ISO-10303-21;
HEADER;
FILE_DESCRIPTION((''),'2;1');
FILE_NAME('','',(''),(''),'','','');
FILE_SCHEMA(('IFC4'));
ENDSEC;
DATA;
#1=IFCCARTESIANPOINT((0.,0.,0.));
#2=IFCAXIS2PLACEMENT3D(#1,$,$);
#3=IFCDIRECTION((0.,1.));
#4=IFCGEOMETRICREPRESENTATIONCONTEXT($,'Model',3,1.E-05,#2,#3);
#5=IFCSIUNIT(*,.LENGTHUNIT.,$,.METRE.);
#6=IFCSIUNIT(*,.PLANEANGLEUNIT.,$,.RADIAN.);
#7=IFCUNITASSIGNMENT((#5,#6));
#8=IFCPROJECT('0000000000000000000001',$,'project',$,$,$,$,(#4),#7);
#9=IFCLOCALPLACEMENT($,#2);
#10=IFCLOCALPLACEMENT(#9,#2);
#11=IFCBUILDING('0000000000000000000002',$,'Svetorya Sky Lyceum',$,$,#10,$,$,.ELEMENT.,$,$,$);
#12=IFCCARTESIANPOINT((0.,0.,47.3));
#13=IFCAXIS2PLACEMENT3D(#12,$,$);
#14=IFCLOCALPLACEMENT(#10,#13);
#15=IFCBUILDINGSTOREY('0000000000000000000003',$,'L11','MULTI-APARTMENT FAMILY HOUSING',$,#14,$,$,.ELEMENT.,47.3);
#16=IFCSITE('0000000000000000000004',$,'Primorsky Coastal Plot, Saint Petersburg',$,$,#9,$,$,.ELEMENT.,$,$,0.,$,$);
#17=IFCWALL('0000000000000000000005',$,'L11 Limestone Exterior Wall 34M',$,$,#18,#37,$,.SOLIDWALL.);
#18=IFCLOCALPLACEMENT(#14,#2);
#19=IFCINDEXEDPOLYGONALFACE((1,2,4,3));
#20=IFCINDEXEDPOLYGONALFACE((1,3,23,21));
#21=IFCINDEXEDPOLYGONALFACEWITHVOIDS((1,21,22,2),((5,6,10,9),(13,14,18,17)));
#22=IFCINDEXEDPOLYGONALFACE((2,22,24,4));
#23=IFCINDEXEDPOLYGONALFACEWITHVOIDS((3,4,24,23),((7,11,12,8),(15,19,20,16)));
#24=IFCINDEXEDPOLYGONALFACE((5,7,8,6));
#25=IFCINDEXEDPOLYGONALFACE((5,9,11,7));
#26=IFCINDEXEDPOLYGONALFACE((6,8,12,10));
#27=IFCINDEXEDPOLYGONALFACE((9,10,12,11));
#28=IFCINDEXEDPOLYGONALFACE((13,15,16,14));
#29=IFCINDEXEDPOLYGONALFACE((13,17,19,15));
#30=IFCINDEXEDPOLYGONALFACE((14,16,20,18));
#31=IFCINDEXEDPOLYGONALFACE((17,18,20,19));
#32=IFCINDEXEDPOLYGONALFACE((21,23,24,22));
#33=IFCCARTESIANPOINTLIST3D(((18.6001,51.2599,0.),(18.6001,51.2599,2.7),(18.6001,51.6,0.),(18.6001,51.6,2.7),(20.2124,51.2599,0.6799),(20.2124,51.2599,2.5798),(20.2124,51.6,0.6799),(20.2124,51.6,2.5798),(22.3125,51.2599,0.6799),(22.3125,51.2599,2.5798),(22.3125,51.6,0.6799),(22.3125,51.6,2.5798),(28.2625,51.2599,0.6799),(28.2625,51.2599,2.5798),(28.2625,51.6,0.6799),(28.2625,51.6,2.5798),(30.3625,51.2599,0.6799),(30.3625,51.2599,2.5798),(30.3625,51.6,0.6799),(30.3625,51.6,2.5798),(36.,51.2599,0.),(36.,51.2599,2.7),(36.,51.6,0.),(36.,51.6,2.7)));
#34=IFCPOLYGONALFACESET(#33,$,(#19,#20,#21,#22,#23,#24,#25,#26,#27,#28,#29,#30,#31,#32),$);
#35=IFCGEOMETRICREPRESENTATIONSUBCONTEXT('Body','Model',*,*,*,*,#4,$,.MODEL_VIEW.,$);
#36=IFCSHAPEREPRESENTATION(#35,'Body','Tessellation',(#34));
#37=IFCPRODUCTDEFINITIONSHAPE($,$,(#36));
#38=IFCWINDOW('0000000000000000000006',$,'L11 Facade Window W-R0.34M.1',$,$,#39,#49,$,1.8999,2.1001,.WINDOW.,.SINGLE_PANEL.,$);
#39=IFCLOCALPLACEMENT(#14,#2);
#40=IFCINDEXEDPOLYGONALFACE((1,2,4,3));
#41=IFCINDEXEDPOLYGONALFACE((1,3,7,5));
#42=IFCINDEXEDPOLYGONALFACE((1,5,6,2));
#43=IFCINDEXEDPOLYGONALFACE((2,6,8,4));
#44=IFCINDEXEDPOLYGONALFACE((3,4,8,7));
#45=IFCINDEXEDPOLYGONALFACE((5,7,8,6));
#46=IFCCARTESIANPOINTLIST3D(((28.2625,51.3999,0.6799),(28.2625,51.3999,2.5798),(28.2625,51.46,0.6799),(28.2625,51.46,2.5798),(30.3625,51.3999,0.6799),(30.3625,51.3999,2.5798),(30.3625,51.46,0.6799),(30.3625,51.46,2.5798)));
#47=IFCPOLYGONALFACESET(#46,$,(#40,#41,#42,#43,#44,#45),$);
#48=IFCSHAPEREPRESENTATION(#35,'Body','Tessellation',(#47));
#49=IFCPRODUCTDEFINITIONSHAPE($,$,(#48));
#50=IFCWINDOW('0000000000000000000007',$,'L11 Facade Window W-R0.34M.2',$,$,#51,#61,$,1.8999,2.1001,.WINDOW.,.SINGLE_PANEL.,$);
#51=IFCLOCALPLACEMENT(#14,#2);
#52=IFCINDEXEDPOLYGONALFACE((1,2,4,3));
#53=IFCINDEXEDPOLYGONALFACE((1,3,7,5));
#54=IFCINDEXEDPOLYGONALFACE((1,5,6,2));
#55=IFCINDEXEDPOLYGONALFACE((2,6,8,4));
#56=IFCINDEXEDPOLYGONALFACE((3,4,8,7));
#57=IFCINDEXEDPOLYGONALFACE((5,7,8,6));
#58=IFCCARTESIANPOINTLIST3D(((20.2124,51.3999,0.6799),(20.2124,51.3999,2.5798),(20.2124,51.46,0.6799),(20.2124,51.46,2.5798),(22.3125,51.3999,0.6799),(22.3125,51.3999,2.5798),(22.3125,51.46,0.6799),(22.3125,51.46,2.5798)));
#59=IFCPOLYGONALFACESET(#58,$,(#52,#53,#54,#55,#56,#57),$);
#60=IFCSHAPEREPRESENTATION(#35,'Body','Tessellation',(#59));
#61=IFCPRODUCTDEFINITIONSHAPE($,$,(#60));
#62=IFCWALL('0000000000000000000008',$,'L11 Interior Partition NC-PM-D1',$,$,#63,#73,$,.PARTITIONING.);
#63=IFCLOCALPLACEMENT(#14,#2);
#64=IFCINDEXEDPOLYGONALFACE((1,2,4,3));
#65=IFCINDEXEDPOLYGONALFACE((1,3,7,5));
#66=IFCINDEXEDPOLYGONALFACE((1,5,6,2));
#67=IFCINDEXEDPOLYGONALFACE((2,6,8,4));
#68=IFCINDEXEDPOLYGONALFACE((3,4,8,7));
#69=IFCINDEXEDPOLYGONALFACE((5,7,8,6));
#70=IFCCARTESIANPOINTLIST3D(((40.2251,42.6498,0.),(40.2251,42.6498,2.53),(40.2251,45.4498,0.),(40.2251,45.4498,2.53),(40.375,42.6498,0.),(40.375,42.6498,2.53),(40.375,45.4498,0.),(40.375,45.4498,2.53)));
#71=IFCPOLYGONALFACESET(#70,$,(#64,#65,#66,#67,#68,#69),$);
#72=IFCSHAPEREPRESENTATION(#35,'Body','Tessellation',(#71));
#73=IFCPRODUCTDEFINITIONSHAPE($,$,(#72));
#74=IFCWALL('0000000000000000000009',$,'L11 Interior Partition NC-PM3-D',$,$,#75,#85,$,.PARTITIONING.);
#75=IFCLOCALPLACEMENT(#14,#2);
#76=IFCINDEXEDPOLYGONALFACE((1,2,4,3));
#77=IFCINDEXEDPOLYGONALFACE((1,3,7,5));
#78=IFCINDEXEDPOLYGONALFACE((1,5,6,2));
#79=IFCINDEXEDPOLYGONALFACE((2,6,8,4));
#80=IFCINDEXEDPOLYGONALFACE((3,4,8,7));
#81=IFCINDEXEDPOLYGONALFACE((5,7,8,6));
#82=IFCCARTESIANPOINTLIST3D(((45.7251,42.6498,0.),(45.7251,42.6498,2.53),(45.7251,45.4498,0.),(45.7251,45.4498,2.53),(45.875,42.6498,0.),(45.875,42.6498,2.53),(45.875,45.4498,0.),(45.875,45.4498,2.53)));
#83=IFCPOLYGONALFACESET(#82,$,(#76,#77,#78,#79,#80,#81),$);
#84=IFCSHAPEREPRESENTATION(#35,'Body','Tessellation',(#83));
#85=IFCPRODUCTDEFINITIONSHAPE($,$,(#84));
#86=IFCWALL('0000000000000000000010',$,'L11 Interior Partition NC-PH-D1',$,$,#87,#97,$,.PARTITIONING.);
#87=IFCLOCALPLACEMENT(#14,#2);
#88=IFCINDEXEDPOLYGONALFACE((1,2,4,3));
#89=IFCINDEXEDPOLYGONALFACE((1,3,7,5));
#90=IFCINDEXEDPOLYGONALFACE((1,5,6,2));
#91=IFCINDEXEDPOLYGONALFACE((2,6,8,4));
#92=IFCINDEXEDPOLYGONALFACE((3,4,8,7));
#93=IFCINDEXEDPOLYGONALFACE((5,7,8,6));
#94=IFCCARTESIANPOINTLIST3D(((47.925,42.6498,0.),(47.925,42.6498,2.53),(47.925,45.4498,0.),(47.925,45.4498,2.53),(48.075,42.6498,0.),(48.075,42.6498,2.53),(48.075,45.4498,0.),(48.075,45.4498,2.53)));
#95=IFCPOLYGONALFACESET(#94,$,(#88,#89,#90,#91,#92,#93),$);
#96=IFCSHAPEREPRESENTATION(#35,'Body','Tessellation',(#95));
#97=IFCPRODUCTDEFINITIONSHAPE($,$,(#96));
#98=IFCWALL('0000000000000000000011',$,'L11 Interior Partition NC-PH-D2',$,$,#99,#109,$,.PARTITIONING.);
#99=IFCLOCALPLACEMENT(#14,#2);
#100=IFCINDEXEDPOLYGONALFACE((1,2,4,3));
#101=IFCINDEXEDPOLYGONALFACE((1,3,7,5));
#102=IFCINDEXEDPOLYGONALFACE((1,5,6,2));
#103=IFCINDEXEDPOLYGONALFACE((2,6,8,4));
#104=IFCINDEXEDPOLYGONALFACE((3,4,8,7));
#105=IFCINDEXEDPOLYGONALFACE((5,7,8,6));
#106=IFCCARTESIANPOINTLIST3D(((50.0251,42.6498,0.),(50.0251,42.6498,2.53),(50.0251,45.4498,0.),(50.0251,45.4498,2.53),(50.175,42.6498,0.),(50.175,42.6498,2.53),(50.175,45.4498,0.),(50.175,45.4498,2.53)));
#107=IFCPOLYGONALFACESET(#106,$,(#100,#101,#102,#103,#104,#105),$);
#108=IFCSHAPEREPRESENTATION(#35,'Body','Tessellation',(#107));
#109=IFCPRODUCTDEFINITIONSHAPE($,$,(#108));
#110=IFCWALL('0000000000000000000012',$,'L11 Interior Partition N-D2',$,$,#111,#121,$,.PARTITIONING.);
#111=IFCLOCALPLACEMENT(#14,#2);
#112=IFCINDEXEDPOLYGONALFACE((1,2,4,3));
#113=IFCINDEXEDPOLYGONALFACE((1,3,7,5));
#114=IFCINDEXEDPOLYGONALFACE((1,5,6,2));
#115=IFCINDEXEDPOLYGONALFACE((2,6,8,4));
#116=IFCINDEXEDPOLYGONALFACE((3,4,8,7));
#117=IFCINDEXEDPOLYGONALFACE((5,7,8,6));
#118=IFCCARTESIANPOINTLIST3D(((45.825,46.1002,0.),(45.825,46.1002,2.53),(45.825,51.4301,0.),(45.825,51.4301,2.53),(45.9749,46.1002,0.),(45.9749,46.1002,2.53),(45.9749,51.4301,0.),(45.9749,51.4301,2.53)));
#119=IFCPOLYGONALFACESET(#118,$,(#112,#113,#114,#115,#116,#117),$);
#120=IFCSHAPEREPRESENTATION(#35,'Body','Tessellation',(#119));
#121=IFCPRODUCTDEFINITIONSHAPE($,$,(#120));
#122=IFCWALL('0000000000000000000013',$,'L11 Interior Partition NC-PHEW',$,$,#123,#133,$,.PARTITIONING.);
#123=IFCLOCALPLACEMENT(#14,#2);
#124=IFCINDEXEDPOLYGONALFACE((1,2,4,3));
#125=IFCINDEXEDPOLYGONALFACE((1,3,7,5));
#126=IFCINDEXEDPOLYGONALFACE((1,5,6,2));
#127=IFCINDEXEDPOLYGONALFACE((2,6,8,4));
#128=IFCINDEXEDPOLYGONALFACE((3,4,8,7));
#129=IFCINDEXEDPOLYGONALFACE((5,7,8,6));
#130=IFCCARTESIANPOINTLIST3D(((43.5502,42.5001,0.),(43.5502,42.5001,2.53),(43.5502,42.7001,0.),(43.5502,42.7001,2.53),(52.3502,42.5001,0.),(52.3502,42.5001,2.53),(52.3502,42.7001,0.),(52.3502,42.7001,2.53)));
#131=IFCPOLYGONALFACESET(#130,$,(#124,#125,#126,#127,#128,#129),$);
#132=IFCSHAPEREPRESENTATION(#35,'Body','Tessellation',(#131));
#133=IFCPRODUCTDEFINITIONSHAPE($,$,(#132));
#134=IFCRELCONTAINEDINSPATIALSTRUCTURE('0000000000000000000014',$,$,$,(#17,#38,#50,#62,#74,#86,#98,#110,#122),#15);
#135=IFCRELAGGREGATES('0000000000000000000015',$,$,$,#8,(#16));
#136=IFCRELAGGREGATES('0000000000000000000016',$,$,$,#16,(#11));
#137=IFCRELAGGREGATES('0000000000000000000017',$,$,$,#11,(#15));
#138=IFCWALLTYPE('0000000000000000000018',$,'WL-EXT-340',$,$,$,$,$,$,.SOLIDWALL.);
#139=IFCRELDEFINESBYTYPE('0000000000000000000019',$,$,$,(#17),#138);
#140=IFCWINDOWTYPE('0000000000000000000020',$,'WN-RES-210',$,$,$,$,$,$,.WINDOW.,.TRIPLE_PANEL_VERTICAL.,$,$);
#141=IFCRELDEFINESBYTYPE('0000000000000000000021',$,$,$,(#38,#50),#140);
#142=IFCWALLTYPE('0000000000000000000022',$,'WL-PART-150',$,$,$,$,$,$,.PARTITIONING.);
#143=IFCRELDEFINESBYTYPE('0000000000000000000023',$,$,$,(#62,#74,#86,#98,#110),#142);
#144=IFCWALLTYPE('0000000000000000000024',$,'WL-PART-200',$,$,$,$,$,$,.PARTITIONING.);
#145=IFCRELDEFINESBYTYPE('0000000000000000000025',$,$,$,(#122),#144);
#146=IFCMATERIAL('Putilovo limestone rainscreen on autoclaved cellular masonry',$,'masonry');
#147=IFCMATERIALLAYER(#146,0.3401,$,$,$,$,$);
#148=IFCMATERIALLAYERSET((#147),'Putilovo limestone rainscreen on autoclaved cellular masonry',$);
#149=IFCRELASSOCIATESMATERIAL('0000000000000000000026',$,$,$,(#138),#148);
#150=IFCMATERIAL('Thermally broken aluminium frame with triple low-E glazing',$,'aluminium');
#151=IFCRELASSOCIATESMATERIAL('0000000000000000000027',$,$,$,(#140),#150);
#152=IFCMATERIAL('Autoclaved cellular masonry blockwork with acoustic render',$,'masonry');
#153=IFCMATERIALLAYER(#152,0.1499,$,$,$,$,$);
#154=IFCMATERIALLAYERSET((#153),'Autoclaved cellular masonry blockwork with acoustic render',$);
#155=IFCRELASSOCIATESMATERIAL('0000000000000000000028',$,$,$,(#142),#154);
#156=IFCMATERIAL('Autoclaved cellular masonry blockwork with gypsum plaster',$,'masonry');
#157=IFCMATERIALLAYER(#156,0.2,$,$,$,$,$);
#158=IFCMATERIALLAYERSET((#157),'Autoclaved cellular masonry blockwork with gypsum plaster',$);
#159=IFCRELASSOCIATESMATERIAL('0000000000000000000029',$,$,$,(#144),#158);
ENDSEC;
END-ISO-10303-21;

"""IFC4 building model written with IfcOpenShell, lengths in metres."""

from ifc_helpers import new_model, si_unit, direction, frame, frame_2d, origin, place, context, subcontext, project, spatial, rectangle, extrude, material, layer, layer_set, type_object, element, fill, save


model = new_model("IFC4")

# Units and contexts
model_context = context("Model", 3, precision=1e-05, world=origin(), true_north=direction((0.0, 1.0)))
body_context = subcontext(model_context, "Body", "Model", "MODEL_VIEW")
ifc_project = project(units=[si_unit("LENGTHUNIT", "METRE"), si_unit("PLANEANGLEUNIT", "RADIAN")], contexts=[model_context])

# Site, building, storey
site_placement = place(None, origin())
site = spatial("IfcSite", under=ifc_project, at=site_placement, Name="Primorsky Coastal Plot, Saint Petersburg", CompositionType="ELEMENT", RefElevation=0.0)
building_placement = place(site_placement, origin())
building = spatial("IfcBuilding", under=site, at=building_placement, Name="Svetorya Sky Lyceum", CompositionType="ELEMENT")
storey_placement = place(building_placement, frame((0.0, 0.0, 47.3)))
storey = spatial("IfcBuildingStorey", under=building, at=storey_placement, Name="L11", Description="MULTI-APARTMENT FAMILY HOUSING", CompositionType="ELEMENT", Elevation=47.3)

# Shared definitions
ifc_material_1 = material(Name="Putilovo limestone rainscreen on autoclaved cellular masonry", Category="masonry")
ifc_layer_1 = layer(ifc_material_1, 0.3401)
ifc_layer_set_1 = layer_set([ifc_layer_1], Name="Putilovo limestone rainscreen on autoclaved cellular masonry")
wall_type_1 = type_object("IfcWallType", Name="WL-EXT-340", PredefinedType="SOLIDWALL", material=ifc_layer_set_1)

# Wall, openings, windows
wall_1_placement = place(storey_placement, frame((36.0, 51.4299, 0.0), z_axis=(0.0, 0.0, 1.0), x_axis=(-1.0, 0.0, 0.0)))
wall_1 = element("IfcWall", 1, at=wall_1_placement, inside=storey, type_object=wall_type_1, Name="L11 Limestone Exterior Wall 34M", PredefinedType="SOLIDWALL", context=body_context, shape_type="SweptSolid", body=[
    extrude(rectangle(XDim=17.3999, YDim=0.3401, at=frame_2d((8.7, 0.0))), origin(), (0.0, 0.0, 1.0), 2.7),
])
opening_1_placement = place(wall_1_placement, frame((5.6375, 0.0, 0.6799)))
opening_1 = element("IfcOpeningElement", 2, at=opening_1_placement, cuts=wall_1, PredefinedType="OPENING", context=body_context, shape_type="SweptSolid", body=[
    extrude(rectangle(XDim=2.1001, YDim=1.8999, at=frame_2d((1.05, 0.95))), frame((0.0, 0.1799, 0.0), z_axis=(0.0, -1.0, 0.0), x_axis=(1.0, 0.0, 0.0)), (0.0, 0.0, 1.0), 0.3601),
])
opening_2_placement = place(wall_1_placement, frame((13.6875, 0.0, 0.6799)))
opening_2 = element("IfcOpeningElement", 3, at=opening_2_placement, cuts=wall_1, PredefinedType="OPENING", context=body_context, shape_type="SweptSolid", body=[
    extrude(rectangle(XDim=2.1001, YDim=1.8999, at=frame_2d((1.05, 0.95))), frame((0.0, 0.1799, 0.0), z_axis=(0.0, -1.0, 0.0), x_axis=(1.0, 0.0, 0.0)), (0.0, 0.0, 1.0), 0.3601),
])
ifc_material_2 = material(Name="Thermally broken aluminium frame with triple low-E glazing", Category="aluminium")
window_type = type_object("IfcWindowType", Name="WN-RES-210", PartitioningType="TRIPLE_PANEL_VERTICAL", PredefinedType="WINDOW", material=ifc_material_2)
window_1_placement = place(opening_1_placement, origin())
window_1 = element("IfcWindow", 4, at=window_1_placement, inside=storey, type_object=window_type, Name="L11 Facade Window W-R0.34M.1", OverallHeight=1.8999, OverallWidth=2.1001, PartitioningType="SINGLE_PANEL", PredefinedType="WINDOW", context=body_context, shape_type="SweptSolid", body=[
    extrude(rectangle(XDim=2.1001, YDim=1.8999, at=frame_2d((1.05, 0.95))), frame((0.0, 0.03, 0.0), z_axis=(0.0, -1.0, 0.0), x_axis=(1.0, 0.0, 0.0)), (0.0, 0.0, 1.0), 0.0601),
])
fill(opening_1, window_1)
window_2_placement = place(opening_2_placement, origin())
window_2 = element("IfcWindow", 5, at=window_2_placement, inside=storey, type_object=window_type, Name="L11 Facade Window W-R0.34M.2", OverallHeight=1.8999, OverallWidth=2.1001, PartitioningType="SINGLE_PANEL", PredefinedType="WINDOW", context=body_context, shape_type="SweptSolid", body=[
    extrude(rectangle(XDim=2.1001, YDim=1.8999, at=frame_2d((1.05, 0.95))), frame((0.0, 0.03, 0.0), z_axis=(0.0, -1.0, 0.0), x_axis=(1.0, 0.0, 0.0)), (0.0, 0.0, 1.0), 0.0601),
])
fill(opening_2, window_2)

# Walls
ifc_material_3 = material(Name="Autoclaved cellular masonry blockwork with acoustic render", Category="masonry")
ifc_layer_2 = layer(ifc_material_3, 0.1499)
ifc_layer_set_2 = layer_set([ifc_layer_2], Name="Autoclaved cellular masonry blockwork with acoustic render")
wall_type_2 = type_object("IfcWallType", Name="WL-PART-150", PredefinedType="PARTITIONING", material=ifc_layer_set_2)
for number, where, z_axis, x_axis, name in (
    (6, (40.3, 42.6499, 0.0), (0.0, 0.0, 1.0), (0.0, 1.0, 0.0), "L11 Interior Partition NC-PM-D1"),
    (7, (45.8, 42.6499, 0.0), (0.0, 0.0, 1.0), (0.0, 1.0, 0.0), "L11 Interior Partition NC-PM3-D"),
    (8, (48.0, 42.6499, 0.0), (0.0, 0.0, 1.0), (0.0, 1.0, 0.0), "L11 Interior Partition NC-PH-D1"),
    (9, (50.1001, 42.6499, 0.0), (0.0, 0.0, 1.0), (0.0, 1.0, 0.0), "L11 Interior Partition NC-PH-D2"),
):
    element("IfcWall", number, at=place(storey_placement, frame(where, z_axis=z_axis, x_axis=x_axis)), inside=storey, type_object=wall_type_2, Name=name, PredefinedType="PARTITIONING", context=body_context, shape_type="SweptSolid", body=[
        extrude(rectangle(XDim=2.8, YDim=0.1499, at=frame_2d((1.3999, 0.0))), origin(), (0.0, 0.0, 1.0), 2.53),
    ])
wall_2_placement = place(storey_placement, frame((45.8999, 46.1001, 0.0), z_axis=(0.0, 0.0, 1.0), x_axis=(0.0, 1.0, 0.0)))
element("IfcWall", 10, at=wall_2_placement, inside=storey, type_object=wall_type_2, Name="L11 Interior Partition N-D2", PredefinedType="PARTITIONING", context=body_context, shape_type="SweptSolid", body=[
    extrude(rectangle(XDim=5.3298, YDim=0.1499, at=frame_2d((2.665, 0.0))), origin(), (0.0, 0.0, 1.0), 2.53),
])
ifc_material_4 = material(Name="Autoclaved cellular masonry blockwork with gypsum plaster", Category="masonry")
ifc_layer_3 = layer(ifc_material_4, 0.2)
ifc_layer_set_3 = layer_set([ifc_layer_3], Name="Autoclaved cellular masonry blockwork with gypsum plaster")
wall_type_3 = type_object("IfcWallType", Name="WL-PART-200", PredefinedType="PARTITIONING", material=ifc_layer_set_3)
wall_3_placement = place(storey_placement, frame((52.3501, 42.6001, 0.0), z_axis=(0.0, 0.0, 1.0), x_axis=(-1.0, 0.0, 0.0)))
element("IfcWall", 11, at=wall_3_placement, inside=storey, type_object=wall_type_3, Name="L11 Interior Partition NC-PHEW", PredefinedType="PARTITIONING", context=body_context, shape_type="SweptSolid", body=[
    extrude(rectangle(XDim=8.8, YDim=0.2, at=frame_2d((4.3999, 0.0))), origin(), (0.0, 0.0, 1.0), 2.53),
])

save(model, "model.ifc")
